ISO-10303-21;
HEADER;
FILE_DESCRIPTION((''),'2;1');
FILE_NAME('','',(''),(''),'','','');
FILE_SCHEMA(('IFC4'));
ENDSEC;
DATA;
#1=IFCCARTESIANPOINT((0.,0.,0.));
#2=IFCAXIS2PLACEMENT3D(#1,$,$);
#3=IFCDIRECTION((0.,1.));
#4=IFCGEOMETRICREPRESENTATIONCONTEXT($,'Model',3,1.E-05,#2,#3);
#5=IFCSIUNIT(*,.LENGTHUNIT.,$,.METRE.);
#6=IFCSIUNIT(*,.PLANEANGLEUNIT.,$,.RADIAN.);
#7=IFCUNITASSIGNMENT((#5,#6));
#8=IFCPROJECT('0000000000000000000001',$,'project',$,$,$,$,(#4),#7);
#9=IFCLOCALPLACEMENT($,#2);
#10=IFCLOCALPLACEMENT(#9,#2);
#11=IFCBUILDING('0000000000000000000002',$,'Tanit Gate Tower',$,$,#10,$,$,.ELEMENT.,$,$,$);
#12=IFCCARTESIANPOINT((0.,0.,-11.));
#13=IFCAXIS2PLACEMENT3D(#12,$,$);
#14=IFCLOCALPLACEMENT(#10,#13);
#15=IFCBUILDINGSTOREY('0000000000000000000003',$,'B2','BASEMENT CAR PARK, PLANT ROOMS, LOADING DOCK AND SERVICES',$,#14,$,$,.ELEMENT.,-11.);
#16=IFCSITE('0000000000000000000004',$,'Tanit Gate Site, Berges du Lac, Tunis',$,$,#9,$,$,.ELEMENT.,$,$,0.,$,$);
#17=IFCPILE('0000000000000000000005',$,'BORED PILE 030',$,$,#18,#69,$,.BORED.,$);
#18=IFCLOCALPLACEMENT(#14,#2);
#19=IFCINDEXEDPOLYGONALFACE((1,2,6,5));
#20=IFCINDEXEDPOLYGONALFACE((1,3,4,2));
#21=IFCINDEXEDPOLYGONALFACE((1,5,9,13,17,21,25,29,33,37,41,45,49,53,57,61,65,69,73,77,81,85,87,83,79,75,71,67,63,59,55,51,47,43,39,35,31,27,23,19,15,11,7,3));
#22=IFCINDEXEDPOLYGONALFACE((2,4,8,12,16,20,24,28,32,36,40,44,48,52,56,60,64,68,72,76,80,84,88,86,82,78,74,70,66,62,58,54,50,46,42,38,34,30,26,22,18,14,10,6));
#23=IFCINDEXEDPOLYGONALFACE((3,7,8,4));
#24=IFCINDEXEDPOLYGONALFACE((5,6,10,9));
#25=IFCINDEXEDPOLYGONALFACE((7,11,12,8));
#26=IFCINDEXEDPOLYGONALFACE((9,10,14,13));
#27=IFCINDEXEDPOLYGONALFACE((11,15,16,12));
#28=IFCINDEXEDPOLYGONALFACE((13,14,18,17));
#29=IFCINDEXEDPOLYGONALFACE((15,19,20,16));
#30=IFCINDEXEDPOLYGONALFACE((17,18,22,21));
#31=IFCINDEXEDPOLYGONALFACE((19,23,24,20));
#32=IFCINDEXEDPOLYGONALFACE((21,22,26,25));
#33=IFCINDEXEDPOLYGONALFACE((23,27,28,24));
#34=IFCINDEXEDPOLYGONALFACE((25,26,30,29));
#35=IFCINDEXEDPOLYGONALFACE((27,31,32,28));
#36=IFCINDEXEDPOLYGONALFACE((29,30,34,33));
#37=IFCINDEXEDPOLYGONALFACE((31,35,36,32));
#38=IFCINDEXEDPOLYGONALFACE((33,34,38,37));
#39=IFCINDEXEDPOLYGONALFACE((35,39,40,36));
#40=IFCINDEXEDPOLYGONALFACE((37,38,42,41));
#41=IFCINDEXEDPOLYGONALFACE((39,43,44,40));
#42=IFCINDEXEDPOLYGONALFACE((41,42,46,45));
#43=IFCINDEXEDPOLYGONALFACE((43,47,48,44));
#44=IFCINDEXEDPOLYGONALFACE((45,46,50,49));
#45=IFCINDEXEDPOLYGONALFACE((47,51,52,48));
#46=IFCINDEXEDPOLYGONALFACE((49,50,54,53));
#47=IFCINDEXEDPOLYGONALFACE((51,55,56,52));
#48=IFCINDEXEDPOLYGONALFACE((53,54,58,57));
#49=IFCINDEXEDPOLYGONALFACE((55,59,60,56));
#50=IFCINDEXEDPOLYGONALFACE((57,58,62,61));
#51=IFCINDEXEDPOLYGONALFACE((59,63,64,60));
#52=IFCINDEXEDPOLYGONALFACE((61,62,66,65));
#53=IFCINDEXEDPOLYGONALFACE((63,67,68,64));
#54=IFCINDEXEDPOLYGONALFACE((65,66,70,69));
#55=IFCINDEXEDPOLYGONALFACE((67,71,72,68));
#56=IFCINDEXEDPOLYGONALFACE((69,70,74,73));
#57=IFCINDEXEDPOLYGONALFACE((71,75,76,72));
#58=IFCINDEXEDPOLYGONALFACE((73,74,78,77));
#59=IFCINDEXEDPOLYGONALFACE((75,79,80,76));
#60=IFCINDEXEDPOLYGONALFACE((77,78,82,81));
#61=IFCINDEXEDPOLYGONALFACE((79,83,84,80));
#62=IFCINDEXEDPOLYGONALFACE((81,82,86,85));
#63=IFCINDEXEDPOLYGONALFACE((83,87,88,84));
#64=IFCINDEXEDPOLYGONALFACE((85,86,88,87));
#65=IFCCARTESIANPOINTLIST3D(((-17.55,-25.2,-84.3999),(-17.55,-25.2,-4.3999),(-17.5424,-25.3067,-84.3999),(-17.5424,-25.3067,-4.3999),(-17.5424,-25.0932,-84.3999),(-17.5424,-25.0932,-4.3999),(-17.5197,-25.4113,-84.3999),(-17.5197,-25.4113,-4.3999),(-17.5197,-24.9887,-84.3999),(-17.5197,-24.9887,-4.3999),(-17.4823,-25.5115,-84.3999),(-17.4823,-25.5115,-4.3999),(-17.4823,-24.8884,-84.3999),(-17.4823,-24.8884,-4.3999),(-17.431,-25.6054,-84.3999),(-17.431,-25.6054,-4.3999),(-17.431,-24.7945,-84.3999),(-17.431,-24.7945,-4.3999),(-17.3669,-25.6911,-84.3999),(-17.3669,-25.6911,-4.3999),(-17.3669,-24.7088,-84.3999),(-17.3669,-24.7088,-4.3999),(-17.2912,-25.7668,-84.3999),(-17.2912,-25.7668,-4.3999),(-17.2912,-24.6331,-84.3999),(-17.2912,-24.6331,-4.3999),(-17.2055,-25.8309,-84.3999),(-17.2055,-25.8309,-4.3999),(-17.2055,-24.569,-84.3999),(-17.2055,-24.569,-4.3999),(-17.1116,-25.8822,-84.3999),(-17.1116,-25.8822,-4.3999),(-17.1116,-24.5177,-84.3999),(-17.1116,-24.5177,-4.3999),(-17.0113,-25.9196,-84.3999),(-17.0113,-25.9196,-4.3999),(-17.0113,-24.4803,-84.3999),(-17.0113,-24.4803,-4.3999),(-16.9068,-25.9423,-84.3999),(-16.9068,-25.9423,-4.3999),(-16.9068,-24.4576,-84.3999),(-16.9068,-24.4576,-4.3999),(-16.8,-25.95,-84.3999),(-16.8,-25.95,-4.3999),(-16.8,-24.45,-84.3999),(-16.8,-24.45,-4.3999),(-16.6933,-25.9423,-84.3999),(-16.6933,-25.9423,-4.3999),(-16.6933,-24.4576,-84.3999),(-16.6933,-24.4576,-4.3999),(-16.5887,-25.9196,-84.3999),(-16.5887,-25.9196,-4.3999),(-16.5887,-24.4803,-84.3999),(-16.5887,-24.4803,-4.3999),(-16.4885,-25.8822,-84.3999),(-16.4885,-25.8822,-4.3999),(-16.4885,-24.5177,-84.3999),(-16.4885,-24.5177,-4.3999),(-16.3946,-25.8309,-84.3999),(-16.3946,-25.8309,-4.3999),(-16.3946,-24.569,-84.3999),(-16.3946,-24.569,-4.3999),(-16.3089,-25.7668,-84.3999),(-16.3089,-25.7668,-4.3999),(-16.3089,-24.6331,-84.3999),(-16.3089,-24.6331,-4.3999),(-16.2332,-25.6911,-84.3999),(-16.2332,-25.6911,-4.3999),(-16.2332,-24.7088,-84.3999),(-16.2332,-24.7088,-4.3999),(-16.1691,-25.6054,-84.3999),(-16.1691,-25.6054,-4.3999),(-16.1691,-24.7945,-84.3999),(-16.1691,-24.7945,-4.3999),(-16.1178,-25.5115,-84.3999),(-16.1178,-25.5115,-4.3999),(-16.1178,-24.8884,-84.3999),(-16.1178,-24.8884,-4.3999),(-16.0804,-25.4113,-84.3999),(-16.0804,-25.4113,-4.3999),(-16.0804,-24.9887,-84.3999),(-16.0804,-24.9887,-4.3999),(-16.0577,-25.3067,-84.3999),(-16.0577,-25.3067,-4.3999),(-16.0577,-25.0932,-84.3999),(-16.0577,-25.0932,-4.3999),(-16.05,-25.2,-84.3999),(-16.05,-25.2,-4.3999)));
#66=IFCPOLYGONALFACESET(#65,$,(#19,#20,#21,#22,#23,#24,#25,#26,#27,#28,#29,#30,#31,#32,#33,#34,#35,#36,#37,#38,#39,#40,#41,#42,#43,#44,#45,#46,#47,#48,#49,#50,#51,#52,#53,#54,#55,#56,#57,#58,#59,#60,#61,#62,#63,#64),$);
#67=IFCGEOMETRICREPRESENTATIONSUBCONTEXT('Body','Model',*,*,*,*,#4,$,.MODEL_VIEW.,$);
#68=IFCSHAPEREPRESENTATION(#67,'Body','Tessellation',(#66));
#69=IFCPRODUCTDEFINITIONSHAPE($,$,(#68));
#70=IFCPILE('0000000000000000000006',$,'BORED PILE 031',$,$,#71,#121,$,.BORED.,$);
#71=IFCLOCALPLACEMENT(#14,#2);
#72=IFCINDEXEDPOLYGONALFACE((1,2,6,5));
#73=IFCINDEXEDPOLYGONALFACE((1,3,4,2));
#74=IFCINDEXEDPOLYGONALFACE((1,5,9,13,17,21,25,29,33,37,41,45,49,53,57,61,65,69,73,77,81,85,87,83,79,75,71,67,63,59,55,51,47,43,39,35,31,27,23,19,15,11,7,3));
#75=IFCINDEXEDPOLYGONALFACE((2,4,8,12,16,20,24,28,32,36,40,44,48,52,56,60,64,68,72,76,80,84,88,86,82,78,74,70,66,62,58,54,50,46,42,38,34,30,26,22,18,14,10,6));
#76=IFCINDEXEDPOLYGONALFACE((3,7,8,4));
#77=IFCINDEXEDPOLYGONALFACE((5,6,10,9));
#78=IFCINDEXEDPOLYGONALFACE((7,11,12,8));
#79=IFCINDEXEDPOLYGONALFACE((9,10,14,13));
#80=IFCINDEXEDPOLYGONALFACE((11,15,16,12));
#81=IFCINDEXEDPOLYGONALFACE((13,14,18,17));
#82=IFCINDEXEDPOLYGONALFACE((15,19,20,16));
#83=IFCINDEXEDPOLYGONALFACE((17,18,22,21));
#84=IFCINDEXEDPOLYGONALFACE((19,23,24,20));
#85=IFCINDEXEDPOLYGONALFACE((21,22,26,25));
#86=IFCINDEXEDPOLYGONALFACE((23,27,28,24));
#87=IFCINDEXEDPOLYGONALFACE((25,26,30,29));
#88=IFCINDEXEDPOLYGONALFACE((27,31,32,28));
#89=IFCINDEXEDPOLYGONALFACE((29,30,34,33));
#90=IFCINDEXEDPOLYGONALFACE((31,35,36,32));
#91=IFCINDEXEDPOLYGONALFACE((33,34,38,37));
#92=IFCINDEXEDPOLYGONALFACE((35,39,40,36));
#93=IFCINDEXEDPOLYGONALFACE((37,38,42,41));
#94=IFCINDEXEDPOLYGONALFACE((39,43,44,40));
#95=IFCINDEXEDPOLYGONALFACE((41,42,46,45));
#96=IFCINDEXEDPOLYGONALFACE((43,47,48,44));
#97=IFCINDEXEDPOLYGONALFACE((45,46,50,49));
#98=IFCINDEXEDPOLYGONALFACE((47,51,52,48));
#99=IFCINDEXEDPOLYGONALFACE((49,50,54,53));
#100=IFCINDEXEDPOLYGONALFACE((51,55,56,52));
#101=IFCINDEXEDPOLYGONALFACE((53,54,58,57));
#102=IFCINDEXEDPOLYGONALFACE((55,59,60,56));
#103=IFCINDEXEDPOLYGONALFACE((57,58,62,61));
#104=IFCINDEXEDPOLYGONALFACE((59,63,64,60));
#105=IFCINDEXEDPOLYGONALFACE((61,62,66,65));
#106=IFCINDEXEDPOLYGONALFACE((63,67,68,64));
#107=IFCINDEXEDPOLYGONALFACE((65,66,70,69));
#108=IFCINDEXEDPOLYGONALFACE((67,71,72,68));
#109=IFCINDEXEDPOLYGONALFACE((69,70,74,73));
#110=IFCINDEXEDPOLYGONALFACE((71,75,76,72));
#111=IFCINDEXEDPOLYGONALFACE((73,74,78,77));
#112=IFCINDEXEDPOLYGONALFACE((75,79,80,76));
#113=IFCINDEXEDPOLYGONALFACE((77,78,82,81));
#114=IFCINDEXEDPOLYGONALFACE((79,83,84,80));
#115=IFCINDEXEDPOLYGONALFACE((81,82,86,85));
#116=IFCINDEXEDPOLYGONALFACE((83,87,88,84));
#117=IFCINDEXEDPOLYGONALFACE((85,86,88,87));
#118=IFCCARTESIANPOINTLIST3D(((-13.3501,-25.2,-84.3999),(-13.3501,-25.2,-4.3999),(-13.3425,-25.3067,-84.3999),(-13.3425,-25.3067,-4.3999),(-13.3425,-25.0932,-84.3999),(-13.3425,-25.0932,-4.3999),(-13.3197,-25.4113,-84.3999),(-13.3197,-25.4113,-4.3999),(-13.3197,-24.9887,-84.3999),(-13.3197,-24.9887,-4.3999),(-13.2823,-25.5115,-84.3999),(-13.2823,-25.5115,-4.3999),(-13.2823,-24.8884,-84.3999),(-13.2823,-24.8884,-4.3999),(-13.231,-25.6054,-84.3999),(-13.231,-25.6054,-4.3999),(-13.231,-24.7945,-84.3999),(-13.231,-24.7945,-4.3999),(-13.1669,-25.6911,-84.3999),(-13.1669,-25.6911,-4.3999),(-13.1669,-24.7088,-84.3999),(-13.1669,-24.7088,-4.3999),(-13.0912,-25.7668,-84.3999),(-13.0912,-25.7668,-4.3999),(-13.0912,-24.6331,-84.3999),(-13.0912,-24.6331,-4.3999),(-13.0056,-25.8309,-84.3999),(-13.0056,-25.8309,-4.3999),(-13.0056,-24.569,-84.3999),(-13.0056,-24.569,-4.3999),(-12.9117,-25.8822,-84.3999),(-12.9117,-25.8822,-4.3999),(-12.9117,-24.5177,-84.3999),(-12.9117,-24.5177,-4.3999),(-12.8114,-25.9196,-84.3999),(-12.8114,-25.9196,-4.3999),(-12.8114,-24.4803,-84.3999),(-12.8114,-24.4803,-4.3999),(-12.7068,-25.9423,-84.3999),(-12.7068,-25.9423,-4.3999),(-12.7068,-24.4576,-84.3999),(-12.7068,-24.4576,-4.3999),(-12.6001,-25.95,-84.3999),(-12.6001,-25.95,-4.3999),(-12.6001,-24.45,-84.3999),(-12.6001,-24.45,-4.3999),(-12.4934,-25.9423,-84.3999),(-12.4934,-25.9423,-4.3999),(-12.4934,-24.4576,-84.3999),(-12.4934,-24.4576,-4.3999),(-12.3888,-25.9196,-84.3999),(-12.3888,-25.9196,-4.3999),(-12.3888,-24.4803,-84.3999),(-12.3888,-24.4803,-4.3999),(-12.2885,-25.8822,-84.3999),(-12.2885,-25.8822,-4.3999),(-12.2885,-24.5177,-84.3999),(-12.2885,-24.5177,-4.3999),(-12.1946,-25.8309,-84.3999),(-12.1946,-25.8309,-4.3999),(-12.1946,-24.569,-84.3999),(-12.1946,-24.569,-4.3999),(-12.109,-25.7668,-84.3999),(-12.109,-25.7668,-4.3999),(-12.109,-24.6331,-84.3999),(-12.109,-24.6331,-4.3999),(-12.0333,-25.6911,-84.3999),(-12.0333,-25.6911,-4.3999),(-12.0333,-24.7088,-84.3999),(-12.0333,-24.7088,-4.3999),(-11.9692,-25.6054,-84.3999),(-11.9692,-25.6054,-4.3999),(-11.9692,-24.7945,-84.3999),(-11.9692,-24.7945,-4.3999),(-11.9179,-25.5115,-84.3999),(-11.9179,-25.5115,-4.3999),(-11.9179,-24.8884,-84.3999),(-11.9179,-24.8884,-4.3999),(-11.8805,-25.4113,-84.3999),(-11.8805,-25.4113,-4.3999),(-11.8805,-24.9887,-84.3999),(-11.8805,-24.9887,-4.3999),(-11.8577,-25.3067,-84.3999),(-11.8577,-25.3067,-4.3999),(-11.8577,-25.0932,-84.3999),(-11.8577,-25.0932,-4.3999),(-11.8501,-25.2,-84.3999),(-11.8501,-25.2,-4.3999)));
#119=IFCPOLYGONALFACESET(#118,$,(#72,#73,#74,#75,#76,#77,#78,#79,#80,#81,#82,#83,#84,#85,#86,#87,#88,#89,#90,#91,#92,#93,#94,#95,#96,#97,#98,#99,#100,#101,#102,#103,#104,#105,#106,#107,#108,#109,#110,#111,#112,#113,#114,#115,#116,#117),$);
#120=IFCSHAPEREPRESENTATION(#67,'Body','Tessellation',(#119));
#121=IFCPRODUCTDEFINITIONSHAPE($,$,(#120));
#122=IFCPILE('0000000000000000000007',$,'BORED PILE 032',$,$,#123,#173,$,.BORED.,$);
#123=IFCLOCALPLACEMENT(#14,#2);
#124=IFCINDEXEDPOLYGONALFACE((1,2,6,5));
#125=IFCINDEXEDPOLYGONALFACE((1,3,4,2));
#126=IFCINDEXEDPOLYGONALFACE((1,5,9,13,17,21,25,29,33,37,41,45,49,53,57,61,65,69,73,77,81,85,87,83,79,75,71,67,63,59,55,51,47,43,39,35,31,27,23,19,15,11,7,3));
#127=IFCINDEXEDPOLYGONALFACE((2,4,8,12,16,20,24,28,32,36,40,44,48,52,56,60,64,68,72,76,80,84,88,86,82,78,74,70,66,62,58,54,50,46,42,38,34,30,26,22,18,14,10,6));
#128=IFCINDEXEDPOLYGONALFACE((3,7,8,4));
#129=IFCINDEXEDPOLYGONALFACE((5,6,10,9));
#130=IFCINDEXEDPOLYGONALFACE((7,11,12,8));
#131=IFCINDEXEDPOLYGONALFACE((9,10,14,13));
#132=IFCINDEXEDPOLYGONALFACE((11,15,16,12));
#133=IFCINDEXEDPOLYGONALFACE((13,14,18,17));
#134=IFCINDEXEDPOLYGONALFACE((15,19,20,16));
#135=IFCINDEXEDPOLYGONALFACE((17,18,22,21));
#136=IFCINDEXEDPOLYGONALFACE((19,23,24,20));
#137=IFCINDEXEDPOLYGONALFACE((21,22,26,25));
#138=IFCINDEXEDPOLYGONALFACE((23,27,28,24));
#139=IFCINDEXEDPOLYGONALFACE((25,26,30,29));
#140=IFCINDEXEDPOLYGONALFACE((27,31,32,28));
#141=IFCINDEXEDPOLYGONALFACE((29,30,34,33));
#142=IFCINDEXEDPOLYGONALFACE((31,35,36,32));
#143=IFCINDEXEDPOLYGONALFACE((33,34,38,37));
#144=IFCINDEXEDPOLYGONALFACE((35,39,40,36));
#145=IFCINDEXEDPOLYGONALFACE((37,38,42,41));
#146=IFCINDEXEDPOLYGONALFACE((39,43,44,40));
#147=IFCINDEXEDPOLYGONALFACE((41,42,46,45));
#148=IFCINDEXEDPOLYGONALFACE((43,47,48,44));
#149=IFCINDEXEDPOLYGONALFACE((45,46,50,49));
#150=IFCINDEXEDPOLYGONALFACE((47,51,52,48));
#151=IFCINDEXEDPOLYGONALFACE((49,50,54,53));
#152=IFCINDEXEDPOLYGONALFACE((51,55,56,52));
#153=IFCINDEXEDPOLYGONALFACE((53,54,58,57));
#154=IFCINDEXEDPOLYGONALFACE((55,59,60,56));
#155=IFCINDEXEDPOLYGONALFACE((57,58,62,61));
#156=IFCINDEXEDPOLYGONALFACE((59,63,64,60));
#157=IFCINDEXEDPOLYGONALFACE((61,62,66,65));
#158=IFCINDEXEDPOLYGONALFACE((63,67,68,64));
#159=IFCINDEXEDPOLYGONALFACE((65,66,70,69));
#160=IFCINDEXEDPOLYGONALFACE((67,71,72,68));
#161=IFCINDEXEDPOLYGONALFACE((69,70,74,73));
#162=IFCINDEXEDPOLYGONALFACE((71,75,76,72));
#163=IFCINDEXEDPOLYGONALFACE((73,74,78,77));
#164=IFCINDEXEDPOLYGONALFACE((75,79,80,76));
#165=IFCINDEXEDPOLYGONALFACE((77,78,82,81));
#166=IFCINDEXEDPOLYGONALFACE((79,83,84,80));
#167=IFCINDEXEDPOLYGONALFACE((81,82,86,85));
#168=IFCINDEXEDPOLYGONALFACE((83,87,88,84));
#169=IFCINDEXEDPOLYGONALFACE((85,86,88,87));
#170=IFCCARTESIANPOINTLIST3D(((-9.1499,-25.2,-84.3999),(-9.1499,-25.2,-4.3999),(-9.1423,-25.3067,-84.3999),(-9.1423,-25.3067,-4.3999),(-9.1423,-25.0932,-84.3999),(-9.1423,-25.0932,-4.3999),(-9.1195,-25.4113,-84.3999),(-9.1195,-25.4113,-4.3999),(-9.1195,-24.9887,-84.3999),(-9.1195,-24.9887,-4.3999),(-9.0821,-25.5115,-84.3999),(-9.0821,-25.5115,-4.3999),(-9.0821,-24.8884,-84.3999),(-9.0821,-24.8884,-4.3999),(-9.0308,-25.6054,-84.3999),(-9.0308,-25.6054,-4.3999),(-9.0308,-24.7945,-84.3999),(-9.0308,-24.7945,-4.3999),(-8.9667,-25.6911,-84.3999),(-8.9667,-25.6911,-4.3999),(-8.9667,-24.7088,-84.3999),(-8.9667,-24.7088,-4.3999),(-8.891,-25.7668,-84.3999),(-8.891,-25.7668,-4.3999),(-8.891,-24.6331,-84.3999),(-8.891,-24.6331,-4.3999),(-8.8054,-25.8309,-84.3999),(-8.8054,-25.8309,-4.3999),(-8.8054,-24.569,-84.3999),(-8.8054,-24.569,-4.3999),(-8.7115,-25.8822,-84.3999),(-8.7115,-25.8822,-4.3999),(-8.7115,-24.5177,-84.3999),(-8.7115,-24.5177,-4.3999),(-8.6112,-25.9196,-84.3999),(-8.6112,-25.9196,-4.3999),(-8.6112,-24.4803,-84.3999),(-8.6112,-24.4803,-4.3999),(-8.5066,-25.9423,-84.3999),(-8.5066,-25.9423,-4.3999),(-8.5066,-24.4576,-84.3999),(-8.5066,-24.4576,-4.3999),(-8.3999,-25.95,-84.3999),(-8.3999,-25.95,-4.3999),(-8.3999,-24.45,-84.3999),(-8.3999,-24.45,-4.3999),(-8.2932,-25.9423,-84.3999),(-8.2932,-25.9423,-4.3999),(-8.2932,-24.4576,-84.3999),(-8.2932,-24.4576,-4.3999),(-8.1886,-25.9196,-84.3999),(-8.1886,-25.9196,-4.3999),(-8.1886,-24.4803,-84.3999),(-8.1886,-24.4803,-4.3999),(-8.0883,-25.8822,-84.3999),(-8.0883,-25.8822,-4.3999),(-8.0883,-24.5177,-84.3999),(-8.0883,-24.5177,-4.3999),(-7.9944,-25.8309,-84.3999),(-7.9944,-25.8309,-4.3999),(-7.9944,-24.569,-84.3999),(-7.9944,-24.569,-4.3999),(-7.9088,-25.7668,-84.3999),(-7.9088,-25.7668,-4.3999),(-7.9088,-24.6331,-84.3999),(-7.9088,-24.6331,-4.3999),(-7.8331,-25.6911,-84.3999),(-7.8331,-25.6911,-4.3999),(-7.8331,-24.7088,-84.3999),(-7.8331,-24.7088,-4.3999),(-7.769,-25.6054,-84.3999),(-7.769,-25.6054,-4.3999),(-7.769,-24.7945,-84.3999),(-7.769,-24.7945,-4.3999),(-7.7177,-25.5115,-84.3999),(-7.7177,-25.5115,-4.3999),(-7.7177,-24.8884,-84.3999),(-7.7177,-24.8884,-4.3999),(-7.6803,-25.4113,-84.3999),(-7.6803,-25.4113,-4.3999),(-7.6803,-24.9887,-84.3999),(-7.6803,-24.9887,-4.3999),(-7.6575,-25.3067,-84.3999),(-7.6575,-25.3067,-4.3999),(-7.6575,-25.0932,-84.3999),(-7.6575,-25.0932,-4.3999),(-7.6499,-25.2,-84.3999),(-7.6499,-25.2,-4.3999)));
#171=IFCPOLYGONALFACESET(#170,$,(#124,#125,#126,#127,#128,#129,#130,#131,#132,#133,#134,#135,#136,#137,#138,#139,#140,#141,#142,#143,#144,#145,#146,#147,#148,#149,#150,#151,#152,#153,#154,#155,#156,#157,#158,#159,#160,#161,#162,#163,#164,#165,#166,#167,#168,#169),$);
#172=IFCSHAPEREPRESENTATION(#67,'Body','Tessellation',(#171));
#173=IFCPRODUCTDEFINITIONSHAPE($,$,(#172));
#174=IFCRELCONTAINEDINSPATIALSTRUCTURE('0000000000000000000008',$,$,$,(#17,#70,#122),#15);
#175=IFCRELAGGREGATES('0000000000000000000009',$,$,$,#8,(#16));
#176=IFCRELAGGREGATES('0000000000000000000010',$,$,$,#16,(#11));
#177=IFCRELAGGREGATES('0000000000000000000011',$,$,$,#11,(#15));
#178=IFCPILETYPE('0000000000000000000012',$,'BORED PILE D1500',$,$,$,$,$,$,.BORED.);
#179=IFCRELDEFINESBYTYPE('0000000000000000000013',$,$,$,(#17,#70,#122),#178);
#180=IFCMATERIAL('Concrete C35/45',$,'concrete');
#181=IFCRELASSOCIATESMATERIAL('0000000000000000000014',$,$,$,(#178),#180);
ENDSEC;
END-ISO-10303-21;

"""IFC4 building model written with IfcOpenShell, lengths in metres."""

from ifc_helpers import new_model, si_unit, direction, frame, origin, origin_2d, place, context, subcontext, project, spatial, circle, extrude, material, material_profile, profile_set, type_object, element, save


model = new_model("IFC4")

# Units and contexts
model_context = context("Model", 3, precision=1e-05, world=origin(), true_north=direction((0.0, 1.0)))
body_context = subcontext(model_context, "Body", "Model", "MODEL_VIEW")
ifc_project = project(units=[si_unit("LENGTHUNIT", "METRE"), si_unit("PLANEANGLEUNIT", "RADIAN")], contexts=[model_context])

# Site, building, storey
site_placement = place(None, origin())
site = spatial("IfcSite", under=ifc_project, at=site_placement, Name="Tanit Gate Site, Berges du Lac, Tunis", CompositionType="ELEMENT", RefElevation=0.0)
building_placement = place(site_placement, origin())
building = spatial("IfcBuilding", under=site, at=building_placement, Name="Tanit Gate Tower", CompositionType="ELEMENT")
storey_placement = place(building_placement, frame((0.0, 0.0, -11.0)))
storey = spatial("IfcBuildingStorey", under=building, at=storey_placement, Name="B2", Description="BASEMENT CAR PARK, PLANT ROOMS, LOADING DOCK AND SERVICES", CompositionType="ELEMENT", Elevation=-11.0)

# Piles
ifc_material_1 = material(Name="Concrete C35/45", Category="concrete")
ifc_material_profile_1 = material_profile(ifc_material_1, circle(Radius=0.75, at=origin_2d()), Name="BORED PILE D1500 C35/45")
ifc_profile_set_1 = profile_set([ifc_material_profile_1], Name="Concrete C35/45")
pile_type = type_object("IfcPileType", Name="BORED PILE D1500", PredefinedType="BORED", material=ifc_profile_set_1)
for number, where, z_axis, x_axis, name in (
    (1, (-16.8, -25.2, -4.3999), (0.0, 0.0, -1.0), (1.0, 0.0, 0.0), "BORED PILE 030"),
    (2, (-12.6001, -25.2, -4.3999), (0.0, 0.0, -1.0), (1.0, 0.0, 0.0), "BORED PILE 031"),
    (3, (-8.3999, -25.2, -4.3999), (0.0, 0.0, -1.0), (1.0, 0.0, 0.0), "BORED PILE 032"),
):
    element("IfcPile", number, at=place(storey_placement, frame(where, z_axis=z_axis, x_axis=x_axis)), inside=storey, type_object=pile_type, Name=name, PredefinedType="BORED", context=body_context, shape_type="SweptSolid", body=[
        extrude(circle(Radius=0.75, at=origin_2d()), origin(), (0.0, 0.0, 1.0), 80.0),
    ])

save(model, "model.ifc")
